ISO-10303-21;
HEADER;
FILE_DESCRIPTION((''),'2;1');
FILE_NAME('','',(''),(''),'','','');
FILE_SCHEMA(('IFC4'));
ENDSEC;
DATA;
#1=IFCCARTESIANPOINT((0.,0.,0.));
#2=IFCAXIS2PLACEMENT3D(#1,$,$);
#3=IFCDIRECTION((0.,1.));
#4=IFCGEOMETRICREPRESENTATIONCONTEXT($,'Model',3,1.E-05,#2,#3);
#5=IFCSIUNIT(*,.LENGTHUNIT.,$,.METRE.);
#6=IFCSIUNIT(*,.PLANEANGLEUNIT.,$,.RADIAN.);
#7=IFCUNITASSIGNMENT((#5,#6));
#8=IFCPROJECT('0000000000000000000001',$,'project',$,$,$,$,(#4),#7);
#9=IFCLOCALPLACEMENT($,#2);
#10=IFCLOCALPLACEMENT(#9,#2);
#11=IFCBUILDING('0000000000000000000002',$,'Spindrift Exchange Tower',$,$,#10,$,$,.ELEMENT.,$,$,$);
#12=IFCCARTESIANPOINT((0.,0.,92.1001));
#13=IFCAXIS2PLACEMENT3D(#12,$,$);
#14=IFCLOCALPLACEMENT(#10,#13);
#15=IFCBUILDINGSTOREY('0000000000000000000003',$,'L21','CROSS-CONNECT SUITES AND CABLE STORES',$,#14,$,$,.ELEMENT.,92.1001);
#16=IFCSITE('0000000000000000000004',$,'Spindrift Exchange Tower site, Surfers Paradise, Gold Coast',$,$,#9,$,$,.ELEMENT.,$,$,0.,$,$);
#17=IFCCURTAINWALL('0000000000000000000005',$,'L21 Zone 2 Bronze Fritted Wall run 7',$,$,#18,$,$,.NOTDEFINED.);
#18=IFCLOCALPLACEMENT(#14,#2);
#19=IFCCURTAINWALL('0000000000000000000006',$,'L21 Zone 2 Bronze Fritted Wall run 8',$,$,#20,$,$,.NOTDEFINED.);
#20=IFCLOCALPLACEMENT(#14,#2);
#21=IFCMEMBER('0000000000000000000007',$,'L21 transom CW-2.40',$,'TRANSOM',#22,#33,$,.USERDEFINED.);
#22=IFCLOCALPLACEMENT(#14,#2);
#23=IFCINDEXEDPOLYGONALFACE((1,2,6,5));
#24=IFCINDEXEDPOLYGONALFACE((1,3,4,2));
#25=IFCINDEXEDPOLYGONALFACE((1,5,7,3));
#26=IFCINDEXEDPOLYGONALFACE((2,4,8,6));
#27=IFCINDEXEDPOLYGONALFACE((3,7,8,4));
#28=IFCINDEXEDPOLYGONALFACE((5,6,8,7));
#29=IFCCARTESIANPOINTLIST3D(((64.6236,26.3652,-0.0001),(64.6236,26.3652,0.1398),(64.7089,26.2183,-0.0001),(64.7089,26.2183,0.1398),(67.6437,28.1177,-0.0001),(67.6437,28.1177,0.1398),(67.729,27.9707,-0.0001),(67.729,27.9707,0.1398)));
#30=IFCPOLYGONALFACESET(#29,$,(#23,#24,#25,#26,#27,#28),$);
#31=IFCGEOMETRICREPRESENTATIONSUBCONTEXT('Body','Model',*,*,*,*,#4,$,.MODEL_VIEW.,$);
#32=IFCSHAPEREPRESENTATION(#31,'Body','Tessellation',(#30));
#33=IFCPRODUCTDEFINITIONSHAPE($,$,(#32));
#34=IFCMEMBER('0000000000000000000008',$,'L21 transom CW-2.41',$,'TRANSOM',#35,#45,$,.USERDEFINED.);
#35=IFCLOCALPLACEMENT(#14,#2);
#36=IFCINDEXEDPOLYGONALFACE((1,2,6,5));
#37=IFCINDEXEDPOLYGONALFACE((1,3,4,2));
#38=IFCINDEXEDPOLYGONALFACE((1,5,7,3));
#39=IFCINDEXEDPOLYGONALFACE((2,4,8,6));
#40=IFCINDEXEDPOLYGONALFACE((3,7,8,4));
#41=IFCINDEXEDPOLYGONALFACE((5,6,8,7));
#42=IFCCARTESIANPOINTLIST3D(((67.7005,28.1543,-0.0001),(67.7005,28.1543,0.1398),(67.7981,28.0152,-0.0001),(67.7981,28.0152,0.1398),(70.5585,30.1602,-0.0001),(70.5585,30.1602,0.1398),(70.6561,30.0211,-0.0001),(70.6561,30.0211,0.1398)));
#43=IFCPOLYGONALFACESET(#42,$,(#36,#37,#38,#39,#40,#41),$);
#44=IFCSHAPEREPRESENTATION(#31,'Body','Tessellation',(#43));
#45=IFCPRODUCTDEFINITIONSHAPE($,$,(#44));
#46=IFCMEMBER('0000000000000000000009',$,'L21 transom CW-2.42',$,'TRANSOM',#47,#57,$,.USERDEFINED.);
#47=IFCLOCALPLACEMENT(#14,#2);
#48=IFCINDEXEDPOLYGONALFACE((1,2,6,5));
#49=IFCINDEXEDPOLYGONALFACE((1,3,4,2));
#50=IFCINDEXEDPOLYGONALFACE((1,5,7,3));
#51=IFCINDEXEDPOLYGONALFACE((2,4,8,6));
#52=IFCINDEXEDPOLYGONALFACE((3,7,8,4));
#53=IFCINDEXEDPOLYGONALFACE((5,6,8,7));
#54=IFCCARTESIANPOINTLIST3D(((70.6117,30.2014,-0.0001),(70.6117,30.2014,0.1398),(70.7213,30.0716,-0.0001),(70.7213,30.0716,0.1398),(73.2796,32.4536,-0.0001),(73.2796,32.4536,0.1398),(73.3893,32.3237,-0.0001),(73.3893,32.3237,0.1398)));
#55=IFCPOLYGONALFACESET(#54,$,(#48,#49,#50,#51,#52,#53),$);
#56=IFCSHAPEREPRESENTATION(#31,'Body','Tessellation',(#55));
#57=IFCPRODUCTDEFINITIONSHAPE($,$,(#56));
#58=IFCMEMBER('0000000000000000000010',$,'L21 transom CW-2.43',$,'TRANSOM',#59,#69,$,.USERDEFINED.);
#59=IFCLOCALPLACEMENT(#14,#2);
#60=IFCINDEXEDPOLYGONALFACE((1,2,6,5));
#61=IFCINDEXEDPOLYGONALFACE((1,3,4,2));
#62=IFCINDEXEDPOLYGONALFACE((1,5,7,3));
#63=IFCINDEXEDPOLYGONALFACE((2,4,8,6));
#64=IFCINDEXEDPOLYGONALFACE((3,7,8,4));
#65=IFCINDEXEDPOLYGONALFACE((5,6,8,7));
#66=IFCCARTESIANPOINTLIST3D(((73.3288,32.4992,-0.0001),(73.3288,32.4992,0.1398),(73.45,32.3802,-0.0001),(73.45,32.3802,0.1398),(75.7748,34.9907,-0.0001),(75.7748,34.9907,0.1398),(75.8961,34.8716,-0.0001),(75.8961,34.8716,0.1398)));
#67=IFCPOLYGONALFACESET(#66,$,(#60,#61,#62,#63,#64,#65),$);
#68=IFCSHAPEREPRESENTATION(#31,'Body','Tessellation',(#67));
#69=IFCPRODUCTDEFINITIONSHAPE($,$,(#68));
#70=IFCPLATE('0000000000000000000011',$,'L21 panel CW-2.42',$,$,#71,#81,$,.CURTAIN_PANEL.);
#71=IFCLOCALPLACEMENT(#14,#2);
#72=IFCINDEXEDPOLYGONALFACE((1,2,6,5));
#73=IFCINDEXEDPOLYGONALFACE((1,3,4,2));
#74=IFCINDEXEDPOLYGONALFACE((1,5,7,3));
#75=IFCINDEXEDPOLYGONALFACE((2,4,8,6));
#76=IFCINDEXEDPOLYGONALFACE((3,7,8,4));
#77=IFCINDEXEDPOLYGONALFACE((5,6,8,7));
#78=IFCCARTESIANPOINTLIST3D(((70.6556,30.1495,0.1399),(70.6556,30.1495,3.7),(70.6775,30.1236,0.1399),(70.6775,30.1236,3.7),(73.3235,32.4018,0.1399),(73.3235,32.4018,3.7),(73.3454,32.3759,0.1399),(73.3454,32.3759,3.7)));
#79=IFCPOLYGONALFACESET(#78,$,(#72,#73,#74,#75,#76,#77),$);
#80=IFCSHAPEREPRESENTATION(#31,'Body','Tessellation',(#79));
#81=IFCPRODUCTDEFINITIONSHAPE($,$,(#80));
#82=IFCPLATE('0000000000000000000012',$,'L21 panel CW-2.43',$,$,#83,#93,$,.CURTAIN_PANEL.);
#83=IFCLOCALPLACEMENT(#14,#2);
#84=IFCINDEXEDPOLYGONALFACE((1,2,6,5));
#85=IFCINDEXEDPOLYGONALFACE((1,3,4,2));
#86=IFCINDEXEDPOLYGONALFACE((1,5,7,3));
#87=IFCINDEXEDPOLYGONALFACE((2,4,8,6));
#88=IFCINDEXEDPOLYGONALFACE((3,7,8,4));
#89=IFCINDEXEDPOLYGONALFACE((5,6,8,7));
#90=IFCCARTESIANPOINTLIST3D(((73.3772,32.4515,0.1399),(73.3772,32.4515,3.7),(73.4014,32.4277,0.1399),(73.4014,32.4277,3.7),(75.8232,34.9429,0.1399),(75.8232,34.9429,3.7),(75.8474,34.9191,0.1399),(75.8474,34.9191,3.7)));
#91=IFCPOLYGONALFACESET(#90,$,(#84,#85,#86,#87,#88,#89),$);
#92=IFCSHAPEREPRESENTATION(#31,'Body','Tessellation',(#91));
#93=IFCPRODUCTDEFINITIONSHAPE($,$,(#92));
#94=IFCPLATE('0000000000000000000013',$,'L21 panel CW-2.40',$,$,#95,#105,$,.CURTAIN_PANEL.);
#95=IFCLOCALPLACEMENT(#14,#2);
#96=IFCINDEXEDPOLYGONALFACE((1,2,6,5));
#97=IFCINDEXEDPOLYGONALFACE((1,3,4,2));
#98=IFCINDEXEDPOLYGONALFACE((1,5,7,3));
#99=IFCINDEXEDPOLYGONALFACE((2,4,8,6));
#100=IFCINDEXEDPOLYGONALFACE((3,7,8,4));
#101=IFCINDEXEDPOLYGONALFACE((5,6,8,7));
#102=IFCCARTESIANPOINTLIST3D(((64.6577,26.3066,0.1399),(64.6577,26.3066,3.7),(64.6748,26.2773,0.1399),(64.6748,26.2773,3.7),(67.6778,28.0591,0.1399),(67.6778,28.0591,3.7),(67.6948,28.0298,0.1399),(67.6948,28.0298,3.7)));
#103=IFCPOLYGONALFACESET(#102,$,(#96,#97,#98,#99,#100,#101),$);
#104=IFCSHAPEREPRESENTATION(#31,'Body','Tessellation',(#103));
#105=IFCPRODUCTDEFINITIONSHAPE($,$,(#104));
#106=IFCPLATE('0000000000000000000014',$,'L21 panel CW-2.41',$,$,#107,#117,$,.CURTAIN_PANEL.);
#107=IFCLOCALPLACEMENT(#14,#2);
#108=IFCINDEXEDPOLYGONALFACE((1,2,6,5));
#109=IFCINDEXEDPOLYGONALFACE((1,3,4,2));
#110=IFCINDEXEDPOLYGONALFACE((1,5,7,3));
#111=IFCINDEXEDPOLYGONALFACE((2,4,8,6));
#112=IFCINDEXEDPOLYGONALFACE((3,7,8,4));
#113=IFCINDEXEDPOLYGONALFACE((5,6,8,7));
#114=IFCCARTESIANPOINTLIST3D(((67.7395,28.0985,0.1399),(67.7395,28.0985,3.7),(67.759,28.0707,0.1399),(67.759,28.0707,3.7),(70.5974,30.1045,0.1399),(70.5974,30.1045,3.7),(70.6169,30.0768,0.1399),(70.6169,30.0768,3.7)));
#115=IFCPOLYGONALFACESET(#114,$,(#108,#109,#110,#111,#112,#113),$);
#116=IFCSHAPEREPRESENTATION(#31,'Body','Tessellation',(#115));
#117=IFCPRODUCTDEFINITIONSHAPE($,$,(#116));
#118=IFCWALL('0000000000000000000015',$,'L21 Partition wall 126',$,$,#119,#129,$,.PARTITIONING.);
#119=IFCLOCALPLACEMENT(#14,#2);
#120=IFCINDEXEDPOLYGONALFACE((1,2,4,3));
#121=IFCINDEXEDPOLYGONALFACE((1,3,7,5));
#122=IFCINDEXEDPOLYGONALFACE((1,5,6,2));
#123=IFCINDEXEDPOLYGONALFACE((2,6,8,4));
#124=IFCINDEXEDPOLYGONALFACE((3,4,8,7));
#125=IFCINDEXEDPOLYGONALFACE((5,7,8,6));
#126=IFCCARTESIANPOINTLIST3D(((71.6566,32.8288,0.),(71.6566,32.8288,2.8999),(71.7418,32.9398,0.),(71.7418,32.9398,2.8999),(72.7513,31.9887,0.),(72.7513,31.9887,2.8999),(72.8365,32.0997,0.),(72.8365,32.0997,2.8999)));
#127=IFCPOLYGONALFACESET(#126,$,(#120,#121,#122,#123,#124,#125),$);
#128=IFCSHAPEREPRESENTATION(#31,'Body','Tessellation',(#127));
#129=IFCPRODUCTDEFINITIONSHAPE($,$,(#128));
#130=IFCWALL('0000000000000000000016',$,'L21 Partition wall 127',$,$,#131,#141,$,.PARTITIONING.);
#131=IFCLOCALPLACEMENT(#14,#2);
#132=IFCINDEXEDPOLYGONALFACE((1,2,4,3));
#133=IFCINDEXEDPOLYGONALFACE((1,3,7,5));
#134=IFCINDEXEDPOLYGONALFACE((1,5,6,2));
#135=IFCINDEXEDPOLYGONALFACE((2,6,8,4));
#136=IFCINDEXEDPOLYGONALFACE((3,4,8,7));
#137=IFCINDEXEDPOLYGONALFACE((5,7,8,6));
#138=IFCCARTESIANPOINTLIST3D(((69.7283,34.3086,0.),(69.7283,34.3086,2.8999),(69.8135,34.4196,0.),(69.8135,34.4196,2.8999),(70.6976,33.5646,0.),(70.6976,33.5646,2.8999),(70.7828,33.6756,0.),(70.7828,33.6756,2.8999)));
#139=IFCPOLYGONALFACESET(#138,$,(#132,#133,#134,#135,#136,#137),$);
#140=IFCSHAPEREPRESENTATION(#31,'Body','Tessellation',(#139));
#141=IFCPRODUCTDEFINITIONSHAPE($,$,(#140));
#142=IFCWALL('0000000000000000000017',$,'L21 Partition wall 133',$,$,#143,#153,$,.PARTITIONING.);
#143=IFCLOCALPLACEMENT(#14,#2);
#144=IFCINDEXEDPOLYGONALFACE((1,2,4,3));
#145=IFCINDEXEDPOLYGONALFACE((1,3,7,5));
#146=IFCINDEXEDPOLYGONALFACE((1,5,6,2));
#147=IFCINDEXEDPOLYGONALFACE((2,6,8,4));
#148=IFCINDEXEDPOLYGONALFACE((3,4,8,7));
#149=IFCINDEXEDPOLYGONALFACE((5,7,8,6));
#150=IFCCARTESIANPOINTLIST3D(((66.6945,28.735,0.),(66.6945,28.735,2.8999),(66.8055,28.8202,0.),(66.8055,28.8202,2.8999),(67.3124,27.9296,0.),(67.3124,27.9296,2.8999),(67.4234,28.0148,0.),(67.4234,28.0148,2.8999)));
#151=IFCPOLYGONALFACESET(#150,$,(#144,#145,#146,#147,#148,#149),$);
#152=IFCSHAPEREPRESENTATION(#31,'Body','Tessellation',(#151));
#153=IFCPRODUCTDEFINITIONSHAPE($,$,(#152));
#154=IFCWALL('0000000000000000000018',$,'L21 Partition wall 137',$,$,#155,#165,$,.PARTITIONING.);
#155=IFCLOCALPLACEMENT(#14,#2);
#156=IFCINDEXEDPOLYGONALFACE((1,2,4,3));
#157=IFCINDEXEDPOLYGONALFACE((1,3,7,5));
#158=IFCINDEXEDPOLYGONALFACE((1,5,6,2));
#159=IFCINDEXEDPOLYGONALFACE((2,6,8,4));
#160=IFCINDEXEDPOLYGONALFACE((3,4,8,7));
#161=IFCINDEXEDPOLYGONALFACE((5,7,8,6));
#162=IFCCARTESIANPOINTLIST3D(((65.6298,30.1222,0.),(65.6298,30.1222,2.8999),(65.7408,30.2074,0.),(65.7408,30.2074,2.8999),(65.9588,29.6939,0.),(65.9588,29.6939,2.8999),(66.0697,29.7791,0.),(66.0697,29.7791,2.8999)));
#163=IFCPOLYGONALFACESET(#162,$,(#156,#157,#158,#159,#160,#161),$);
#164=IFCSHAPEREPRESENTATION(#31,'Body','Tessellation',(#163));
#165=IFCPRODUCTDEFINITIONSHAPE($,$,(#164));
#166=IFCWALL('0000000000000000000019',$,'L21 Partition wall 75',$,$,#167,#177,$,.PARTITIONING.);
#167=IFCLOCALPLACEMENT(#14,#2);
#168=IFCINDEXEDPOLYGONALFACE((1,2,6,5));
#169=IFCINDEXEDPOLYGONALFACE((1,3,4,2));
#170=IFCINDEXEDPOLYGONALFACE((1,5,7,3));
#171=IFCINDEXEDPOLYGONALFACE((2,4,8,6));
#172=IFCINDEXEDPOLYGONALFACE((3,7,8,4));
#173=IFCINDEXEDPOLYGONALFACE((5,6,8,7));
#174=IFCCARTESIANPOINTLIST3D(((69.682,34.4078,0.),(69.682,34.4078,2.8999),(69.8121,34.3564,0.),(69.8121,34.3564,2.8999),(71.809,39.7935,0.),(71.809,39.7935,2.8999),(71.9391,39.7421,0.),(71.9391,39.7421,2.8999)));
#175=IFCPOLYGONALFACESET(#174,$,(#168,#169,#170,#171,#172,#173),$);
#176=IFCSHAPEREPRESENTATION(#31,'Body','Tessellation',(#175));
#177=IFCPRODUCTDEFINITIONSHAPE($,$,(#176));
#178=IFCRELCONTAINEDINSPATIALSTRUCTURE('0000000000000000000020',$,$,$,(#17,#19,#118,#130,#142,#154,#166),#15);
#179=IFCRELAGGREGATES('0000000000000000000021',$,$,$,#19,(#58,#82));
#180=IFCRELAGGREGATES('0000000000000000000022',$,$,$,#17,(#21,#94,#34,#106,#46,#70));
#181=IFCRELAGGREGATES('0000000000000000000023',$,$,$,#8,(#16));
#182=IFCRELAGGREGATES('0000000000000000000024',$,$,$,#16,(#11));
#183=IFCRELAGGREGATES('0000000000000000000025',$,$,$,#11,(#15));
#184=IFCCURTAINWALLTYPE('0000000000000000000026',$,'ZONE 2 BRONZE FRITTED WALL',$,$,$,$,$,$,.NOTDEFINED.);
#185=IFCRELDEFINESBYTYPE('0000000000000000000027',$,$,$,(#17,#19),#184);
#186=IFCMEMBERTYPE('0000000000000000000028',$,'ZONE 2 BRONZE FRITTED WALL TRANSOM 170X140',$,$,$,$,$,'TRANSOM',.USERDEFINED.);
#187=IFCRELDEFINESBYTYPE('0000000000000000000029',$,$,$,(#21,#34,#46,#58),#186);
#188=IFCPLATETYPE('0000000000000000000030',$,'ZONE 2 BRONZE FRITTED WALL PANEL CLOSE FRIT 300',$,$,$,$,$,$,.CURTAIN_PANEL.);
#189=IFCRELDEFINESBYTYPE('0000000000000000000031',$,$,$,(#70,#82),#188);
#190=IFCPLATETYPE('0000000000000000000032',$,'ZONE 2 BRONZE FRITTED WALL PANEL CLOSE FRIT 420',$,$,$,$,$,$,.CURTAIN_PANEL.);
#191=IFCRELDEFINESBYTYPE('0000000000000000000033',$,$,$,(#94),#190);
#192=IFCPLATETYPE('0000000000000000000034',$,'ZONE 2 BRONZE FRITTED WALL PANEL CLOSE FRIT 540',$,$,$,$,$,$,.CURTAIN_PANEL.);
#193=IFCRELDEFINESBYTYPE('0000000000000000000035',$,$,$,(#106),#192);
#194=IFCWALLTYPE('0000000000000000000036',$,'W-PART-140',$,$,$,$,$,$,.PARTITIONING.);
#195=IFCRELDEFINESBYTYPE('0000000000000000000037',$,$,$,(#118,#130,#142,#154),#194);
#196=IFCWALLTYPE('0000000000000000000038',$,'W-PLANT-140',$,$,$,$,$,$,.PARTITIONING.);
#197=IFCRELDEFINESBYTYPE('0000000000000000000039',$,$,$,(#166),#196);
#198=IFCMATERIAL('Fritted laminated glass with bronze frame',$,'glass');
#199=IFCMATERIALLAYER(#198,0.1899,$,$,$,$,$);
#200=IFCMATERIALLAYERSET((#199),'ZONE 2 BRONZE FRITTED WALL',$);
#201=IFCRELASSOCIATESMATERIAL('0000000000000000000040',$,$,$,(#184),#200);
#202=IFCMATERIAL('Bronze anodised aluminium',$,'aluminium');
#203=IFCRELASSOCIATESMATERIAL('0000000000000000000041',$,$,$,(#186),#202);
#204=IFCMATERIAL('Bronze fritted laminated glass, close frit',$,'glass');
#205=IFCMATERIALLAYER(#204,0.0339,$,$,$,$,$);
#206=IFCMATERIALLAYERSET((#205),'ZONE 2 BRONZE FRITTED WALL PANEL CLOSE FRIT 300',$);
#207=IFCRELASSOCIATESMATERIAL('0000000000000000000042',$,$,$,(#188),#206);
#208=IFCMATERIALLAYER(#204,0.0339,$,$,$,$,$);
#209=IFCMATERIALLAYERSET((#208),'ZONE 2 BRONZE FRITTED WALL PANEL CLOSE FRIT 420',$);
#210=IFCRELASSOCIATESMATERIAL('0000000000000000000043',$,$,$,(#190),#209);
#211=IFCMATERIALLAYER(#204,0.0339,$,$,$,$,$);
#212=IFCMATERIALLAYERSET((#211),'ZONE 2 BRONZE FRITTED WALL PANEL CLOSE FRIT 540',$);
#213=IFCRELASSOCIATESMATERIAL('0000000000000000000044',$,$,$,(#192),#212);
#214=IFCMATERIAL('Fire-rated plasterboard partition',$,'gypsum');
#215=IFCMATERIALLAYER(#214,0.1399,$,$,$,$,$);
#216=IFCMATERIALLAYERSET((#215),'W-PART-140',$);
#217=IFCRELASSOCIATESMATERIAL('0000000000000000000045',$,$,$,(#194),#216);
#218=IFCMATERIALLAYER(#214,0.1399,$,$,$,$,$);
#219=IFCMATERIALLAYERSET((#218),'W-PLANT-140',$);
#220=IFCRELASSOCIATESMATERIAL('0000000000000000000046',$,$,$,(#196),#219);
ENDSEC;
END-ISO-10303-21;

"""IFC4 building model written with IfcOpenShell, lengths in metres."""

from ifc_helpers import new_model, si_unit, direction, frame, frame_2d, origin, origin_2d, place, context, subcontext, project, spatial, rectangle, extrude, source, transform, mapped, material, layer, layer_set, material_profile, profile_set, type_object, element, aggregate, save


model = new_model("IFC4")

# Units and contexts
model_context = context("Model", 3, precision=1e-05, world=origin(), true_north=direction((0.0, 1.0)))
body_context = subcontext(model_context, "Body", "Model", "MODEL_VIEW")
ifc_project = project(units=[si_unit("LENGTHUNIT", "METRE"), si_unit("PLANEANGLEUNIT", "RADIAN")], contexts=[model_context])

# Site, building, storey
site_placement = place(None, origin())
site = spatial("IfcSite", under=ifc_project, at=site_placement, Name="Spindrift Exchange Tower site, Surfers Paradise, Gold Coast", CompositionType="ELEMENT", RefElevation=0.0)
building_placement = place(site_placement, origin())
building = spatial("IfcBuilding", under=site, at=building_placement, Name="Spindrift Exchange Tower", CompositionType="ELEMENT")
storey_placement = place(building_placement, frame((0.0, 0.0, 92.1001)))
storey = spatial("IfcBuildingStorey", under=building, at=storey_placement, Name="L21", Description="CROSS-CONNECT SUITES AND CABLE STORES", CompositionType="ELEMENT", Elevation=92.1001)

# Curtain walls
ifc_material_1 = material(Name="Fritted laminated glass with bronze frame", Category="glass")
ifc_layer_1 = layer(ifc_material_1, 0.1899)
ifc_layer_set_1 = layer_set([ifc_layer_1], Name="ZONE 2 BRONZE FRITTED WALL")
curtain_wall_type = type_object("IfcCurtainWallType", Name="ZONE 2 BRONZE FRITTED WALL", PredefinedType="NOTDEFINED", material=ifc_layer_set_1)
curtain_wall_1_placement = place(storey_placement, origin())
curtain_wall_1 = element("IfcCurtainWall", 1, at=curtain_wall_1_placement, inside=storey, type_object=curtain_wall_type, Name="L21 Zone 2 Bronze Fritted Wall run 7", PredefinedType="NOTDEFINED")
ifc_material_2 = material(Name="Bronze anodised aluminium", Category="aluminium")
curtain_wall_2_placement = place(storey_placement, origin())
curtain_wall_2 = element("IfcCurtainWall", 2, at=curtain_wall_2_placement, inside=storey, type_object=curtain_wall_type, Name="L21 Zone 2 Bronze Fritted Wall run 8", PredefinedType="NOTDEFINED")
ifc_material_profile_1 = material_profile(ifc_material_2, rectangle(XDim=0.1699, YDim=0.1399, at=origin_2d()), Name="ZONE 2 BRONZE FRITTED WALL TRANSOM 170X140")
ifc_profile_set_1 = profile_set([ifc_material_profile_1], Name="Bronze anodised aluminium")
member_type_1 = type_object("IfcMemberType", Name="ZONE 2 BRONZE FRITTED WALL TRANSOM 170X140", ElementType="TRANSOM", PredefinedType="USERDEFINED", material=ifc_profile_set_1)

# Members
shared_shape_1 = source(origin(), body_context, "Body", "SweptSolid", [
    extrude(rectangle(XDim=0.1699, YDim=0.1399, at=origin_2d()), origin(), (0.0, 0.0, 1.0), 3.4917),
])
member_1_placement = place(storey_placement, frame((64.6663, 26.2917, 0.0698), z_axis=(0.864928, 0.501896, 0.0), x_axis=(-0.501896, 0.864928, 0.0)))
member_1 = element("IfcMember", 3, at=member_1_placement, type_object=member_type_1, Name="L21 transom CW-2.40", ObjectType="TRANSOM", PredefinedType="USERDEFINED", context=body_context, shape_type="MappedRepresentation", body=[
    mapped(shared_shape_1, transform((0.0, 0.0, 0.0), scale=1.0)),
])
member_2_placement = place(storey_placement, frame((67.7493, 28.0847, 0.0698), z_axis=(0.818515, 0.574485, 0.0), x_axis=(-0.574485, 0.818515, 0.0)))
member_2 = element("IfcMember", 4, at=member_2_placement, type_object=member_type_1, Name="L21 transom CW-2.41", ObjectType="TRANSOM", PredefinedType="USERDEFINED", context=body_context, shape_type="MappedRepresentation", body=[
    mapped(shared_shape_1, transform((0.0, 0.0, 0.0), scale=1.0)),
])
shared_shape_2 = source(origin(), body_context, "Body", "SweptSolid", [
    extrude(rectangle(XDim=0.1699, YDim=0.1399, at=origin_2d()), origin(), (0.0, 0.0, 1.0), 3.4915),
])
member_3_placement = place(storey_placement, frame((70.6665, 30.1365, 0.0698), z_axis=(0.764136, 0.645055, 0.0), x_axis=(-0.645055, 0.764136, 0.0)))
member_3 = element("IfcMember", 5, at=member_3_placement, type_object=member_type_1, Name="L21 transom CW-2.42", ObjectType="TRANSOM", PredefinedType="USERDEFINED", context=body_context, shape_type="MappedRepresentation", body=[
    mapped(shared_shape_2, transform((0.0, 0.0, 0.0), scale=1.0)),
])
member_4_placement = place(storey_placement, frame((73.3894, 32.4397, 0.0698), z_axis=(0.700574, 0.71358, 0.0), x_axis=(-0.71358, 0.700574, 0.0)))
member_4 = element("IfcMember", 6, at=member_4_placement, type_object=member_type_1, Name="L21 transom CW-2.43", ObjectType="TRANSOM", PredefinedType="USERDEFINED", context=body_context, shape_type="MappedRepresentation", body=[
    mapped(shared_shape_2, transform((0.0, 0.0, 0.0), scale=1.0)),
])

# Plates
ifc_material_3 = material(Name="Bronze fritted laminated glass, close frit", Category="glass")
ifc_layer_2 = layer(ifc_material_3, 0.0339)
ifc_layer_set_2 = layer_set([ifc_layer_2], Name="ZONE 2 BRONZE FRITTED WALL PANEL CLOSE FRIT 300")
plate_type_1 = type_object("IfcPlateType", Name="ZONE 2 BRONZE FRITTED WALL PANEL CLOSE FRIT 300", PredefinedType="CURTAIN_PANEL", material=ifc_layer_set_2)
shared_shape_3 = source(origin(), body_context, "Body", "SweptSolid", [
    extrude(rectangle(XDim=3.4915, YDim=0.0339, at=origin_2d()), origin(), (0.0, 0.0, 1.0), 3.5601),
])
plate_1_placement = place(storey_placement, frame((72.0005, 31.2627, 0.1399), z_axis=(0.0, 0.0, 1.0), x_axis=(0.76411, 0.645086, 0.0)))
plate_1 = element("IfcPlate", 7, at=plate_1_placement, type_object=plate_type_1, Name="L21 panel CW-2.42", PredefinedType="CURTAIN_PANEL", context=body_context, shape_type="MappedRepresentation", body=[
    mapped(shared_shape_3, transform((0.0, 0.0, 0.0), scale=1.0)),
])
plate_2_placement = place(storey_placement, frame((74.6123, 33.6853, 0.1399), z_axis=(0.0, 0.0, 1.0), x_axis=(0.700572, 0.713582, 0.0)))
plate_2 = element("IfcPlate", 8, at=plate_2_placement, type_object=plate_type_1, Name="L21 panel CW-2.43", PredefinedType="CURTAIN_PANEL", context=body_context, shape_type="MappedRepresentation", body=[
    mapped(shared_shape_3, transform((0.0, 0.0, 0.0), scale=1.0)),
])
aggregate(curtain_wall_2, [member_4, plate_2])
ifc_layer_3 = layer(ifc_material_3, 0.0339)
ifc_layer_set_3 = layer_set([ifc_layer_3], Name="ZONE 2 BRONZE FRITTED WALL PANEL CLOSE FRIT 420")
plate_type_2 = type_object("IfcPlateType", Name="ZONE 2 BRONZE FRITTED WALL PANEL CLOSE FRIT 420", PredefinedType="CURTAIN_PANEL", material=ifc_layer_set_3)
shared_shape_4 = source(origin(), body_context, "Body", "SweptSolid", [
    extrude(rectangle(XDim=3.4917, YDim=0.0339, at=origin_2d()), origin(), (0.0, 0.0, 1.0), 3.5601),
])
plate_3_placement = place(storey_placement, frame((66.1763, 27.1682, 0.1399), z_axis=(0.0, 0.0, 1.0), x_axis=(0.864919, 0.501911, 0.0)))
plate_3 = element("IfcPlate", 9, at=plate_3_placement, type_object=plate_type_2, Name="L21 panel CW-2.40", PredefinedType="CURTAIN_PANEL", context=body_context, shape_type="MappedRepresentation", body=[
    mapped(shared_shape_4, transform((0.0, 0.0, 0.0), scale=1.0)),
])
ifc_layer_4 = layer(ifc_material_3, 0.0339)
ifc_layer_set_4 = layer_set([ifc_layer_4], Name="ZONE 2 BRONZE FRITTED WALL PANEL CLOSE FRIT 540")
plate_type_3 = type_object("IfcPlateType", Name="ZONE 2 BRONZE FRITTED WALL PANEL CLOSE FRIT 540", PredefinedType="CURTAIN_PANEL", material=ifc_layer_set_4)
shared_shape_5 = source(origin(), body_context, "Body", "SweptSolid", [
    extrude(rectangle(XDim=3.4917, YDim=0.0339, at=origin_2d()), origin(), (0.0, 0.0, 1.0), 3.5601),
])
plate_4_placement = place(storey_placement, frame((69.1782, 29.0876, 0.1399), z_axis=(0.0, 0.0, 1.0), x_axis=(0.818495, 0.574514, 0.0)))
plate_4 = element("IfcPlate", 10, at=plate_4_placement, type_object=plate_type_3, Name="L21 panel CW-2.41", PredefinedType="CURTAIN_PANEL", context=body_context, shape_type="MappedRepresentation", body=[
    mapped(shared_shape_5, transform((0.0, 0.0, 0.0), scale=1.0)),
])
aggregate(curtain_wall_1, [member_1, plate_3, member_2, plate_4, member_3, plate_1])

# Walls
ifc_material_4 = material(Name="Fire-rated plasterboard partition", Category="gypsum")
ifc_layer_5 = layer(ifc_material_4, 0.1399)
ifc_layer_set_5 = layer_set([ifc_layer_5], Name="W-PART-140")
wall_type_1 = type_object("IfcWallType", Name="W-PART-140", PredefinedType="PARTITIONING", material=ifc_layer_set_5)
wall_1_placement = place(storey_placement, frame((71.6992, 32.8843, 0.0), z_axis=(0.0, 0.0, 1.0), x_axis=(0.793327, -0.608795, 0.0)))
element("IfcWall", 11, at=wall_1_placement, inside=storey, type_object=wall_type_1, Name="L21 Partition wall 126", PredefinedType="PARTITIONING", context=body_context, shape_type="SweptSolid", body=[
    extrude(rectangle(XDim=1.3799, YDim=0.1399, at=frame_2d((0.6899, 0.0))), origin(), (0.0, 0.0, 1.0), 2.8999),
])
wall_2_placement = place(storey_placement, frame((69.771, 34.364, 0.0), z_axis=(0.0, 0.0, 1.0), x_axis=(0.793285, -0.608851, 0.0)))
element("IfcWall", 12, at=wall_2_placement, inside=storey, type_object=wall_type_1, Name="L21 Partition wall 127", PredefinedType="PARTITIONING", context=body_context, shape_type="SweptSolid", body=[
    extrude(rectangle(XDim=1.2219, YDim=0.1399, at=frame_2d((0.6108, 0.0))), origin(), (0.0, 0.0, 1.0), 2.8999),
])
wall_3_placement = place(storey_placement, frame((66.75, 28.7776, 0.0), z_axis=(0.0, 0.0, 1.0), x_axis=(0.608699, -0.793401, 0.0)))
element("IfcWall", 13, at=wall_3_placement, inside=storey, type_object=wall_type_1, Name="L21 Partition wall 133", PredefinedType="PARTITIONING", context=body_context, shape_type="SweptSolid", body=[
    extrude(rectangle(XDim=1.0151, YDim=0.1399, at=frame_2d((0.5076, 0.0))), origin(), (0.0, 0.0, 1.0), 2.8999),
])
wall_4_placement = place(storey_placement, frame((65.6853, 30.1648, 0.0), z_axis=(0.0, 0.0, 1.0), x_axis=(0.609077, -0.793111, 0.0)))
element("IfcWall", 14, at=wall_4_placement, inside=storey, type_object=wall_type_1, Name="L21 Partition wall 137", PredefinedType="PARTITIONING", context=body_context, shape_type="SweptSolid", body=[
    extrude(rectangle(XDim=0.54, YDim=0.1399, at=frame_2d((0.27, 0.0))), origin(), (0.0, 0.0, 1.0), 2.8999),
])
ifc_layer_6 = layer(ifc_material_4, 0.1399)
ifc_layer_set_6 = layer_set([ifc_layer_6], Name="W-PLANT-140")
wall_type_2 = type_object("IfcWallType", Name="W-PLANT-140", PredefinedType="PARTITIONING", material=ifc_layer_set_6)
wall_5_placement = place(storey_placement, frame((69.7471, 34.3821, 0.0), z_axis=(0.0, 0.0, 1.0), x_axis=(0.367316, 0.930096, 0.0)))
element("IfcWall", 15, at=wall_5_placement, inside=storey, type_object=wall_type_2, Name="L21 Partition wall 75", PredefinedType="PARTITIONING", context=body_context, shape_type="SweptSolid", body=[
    extrude(rectangle(XDim=5.7905, YDim=0.1399, at=frame_2d((2.8953, 0.0))), origin(), (0.0, 0.0, 1.0), 2.8999),
])

save(model, "model.ifc")
